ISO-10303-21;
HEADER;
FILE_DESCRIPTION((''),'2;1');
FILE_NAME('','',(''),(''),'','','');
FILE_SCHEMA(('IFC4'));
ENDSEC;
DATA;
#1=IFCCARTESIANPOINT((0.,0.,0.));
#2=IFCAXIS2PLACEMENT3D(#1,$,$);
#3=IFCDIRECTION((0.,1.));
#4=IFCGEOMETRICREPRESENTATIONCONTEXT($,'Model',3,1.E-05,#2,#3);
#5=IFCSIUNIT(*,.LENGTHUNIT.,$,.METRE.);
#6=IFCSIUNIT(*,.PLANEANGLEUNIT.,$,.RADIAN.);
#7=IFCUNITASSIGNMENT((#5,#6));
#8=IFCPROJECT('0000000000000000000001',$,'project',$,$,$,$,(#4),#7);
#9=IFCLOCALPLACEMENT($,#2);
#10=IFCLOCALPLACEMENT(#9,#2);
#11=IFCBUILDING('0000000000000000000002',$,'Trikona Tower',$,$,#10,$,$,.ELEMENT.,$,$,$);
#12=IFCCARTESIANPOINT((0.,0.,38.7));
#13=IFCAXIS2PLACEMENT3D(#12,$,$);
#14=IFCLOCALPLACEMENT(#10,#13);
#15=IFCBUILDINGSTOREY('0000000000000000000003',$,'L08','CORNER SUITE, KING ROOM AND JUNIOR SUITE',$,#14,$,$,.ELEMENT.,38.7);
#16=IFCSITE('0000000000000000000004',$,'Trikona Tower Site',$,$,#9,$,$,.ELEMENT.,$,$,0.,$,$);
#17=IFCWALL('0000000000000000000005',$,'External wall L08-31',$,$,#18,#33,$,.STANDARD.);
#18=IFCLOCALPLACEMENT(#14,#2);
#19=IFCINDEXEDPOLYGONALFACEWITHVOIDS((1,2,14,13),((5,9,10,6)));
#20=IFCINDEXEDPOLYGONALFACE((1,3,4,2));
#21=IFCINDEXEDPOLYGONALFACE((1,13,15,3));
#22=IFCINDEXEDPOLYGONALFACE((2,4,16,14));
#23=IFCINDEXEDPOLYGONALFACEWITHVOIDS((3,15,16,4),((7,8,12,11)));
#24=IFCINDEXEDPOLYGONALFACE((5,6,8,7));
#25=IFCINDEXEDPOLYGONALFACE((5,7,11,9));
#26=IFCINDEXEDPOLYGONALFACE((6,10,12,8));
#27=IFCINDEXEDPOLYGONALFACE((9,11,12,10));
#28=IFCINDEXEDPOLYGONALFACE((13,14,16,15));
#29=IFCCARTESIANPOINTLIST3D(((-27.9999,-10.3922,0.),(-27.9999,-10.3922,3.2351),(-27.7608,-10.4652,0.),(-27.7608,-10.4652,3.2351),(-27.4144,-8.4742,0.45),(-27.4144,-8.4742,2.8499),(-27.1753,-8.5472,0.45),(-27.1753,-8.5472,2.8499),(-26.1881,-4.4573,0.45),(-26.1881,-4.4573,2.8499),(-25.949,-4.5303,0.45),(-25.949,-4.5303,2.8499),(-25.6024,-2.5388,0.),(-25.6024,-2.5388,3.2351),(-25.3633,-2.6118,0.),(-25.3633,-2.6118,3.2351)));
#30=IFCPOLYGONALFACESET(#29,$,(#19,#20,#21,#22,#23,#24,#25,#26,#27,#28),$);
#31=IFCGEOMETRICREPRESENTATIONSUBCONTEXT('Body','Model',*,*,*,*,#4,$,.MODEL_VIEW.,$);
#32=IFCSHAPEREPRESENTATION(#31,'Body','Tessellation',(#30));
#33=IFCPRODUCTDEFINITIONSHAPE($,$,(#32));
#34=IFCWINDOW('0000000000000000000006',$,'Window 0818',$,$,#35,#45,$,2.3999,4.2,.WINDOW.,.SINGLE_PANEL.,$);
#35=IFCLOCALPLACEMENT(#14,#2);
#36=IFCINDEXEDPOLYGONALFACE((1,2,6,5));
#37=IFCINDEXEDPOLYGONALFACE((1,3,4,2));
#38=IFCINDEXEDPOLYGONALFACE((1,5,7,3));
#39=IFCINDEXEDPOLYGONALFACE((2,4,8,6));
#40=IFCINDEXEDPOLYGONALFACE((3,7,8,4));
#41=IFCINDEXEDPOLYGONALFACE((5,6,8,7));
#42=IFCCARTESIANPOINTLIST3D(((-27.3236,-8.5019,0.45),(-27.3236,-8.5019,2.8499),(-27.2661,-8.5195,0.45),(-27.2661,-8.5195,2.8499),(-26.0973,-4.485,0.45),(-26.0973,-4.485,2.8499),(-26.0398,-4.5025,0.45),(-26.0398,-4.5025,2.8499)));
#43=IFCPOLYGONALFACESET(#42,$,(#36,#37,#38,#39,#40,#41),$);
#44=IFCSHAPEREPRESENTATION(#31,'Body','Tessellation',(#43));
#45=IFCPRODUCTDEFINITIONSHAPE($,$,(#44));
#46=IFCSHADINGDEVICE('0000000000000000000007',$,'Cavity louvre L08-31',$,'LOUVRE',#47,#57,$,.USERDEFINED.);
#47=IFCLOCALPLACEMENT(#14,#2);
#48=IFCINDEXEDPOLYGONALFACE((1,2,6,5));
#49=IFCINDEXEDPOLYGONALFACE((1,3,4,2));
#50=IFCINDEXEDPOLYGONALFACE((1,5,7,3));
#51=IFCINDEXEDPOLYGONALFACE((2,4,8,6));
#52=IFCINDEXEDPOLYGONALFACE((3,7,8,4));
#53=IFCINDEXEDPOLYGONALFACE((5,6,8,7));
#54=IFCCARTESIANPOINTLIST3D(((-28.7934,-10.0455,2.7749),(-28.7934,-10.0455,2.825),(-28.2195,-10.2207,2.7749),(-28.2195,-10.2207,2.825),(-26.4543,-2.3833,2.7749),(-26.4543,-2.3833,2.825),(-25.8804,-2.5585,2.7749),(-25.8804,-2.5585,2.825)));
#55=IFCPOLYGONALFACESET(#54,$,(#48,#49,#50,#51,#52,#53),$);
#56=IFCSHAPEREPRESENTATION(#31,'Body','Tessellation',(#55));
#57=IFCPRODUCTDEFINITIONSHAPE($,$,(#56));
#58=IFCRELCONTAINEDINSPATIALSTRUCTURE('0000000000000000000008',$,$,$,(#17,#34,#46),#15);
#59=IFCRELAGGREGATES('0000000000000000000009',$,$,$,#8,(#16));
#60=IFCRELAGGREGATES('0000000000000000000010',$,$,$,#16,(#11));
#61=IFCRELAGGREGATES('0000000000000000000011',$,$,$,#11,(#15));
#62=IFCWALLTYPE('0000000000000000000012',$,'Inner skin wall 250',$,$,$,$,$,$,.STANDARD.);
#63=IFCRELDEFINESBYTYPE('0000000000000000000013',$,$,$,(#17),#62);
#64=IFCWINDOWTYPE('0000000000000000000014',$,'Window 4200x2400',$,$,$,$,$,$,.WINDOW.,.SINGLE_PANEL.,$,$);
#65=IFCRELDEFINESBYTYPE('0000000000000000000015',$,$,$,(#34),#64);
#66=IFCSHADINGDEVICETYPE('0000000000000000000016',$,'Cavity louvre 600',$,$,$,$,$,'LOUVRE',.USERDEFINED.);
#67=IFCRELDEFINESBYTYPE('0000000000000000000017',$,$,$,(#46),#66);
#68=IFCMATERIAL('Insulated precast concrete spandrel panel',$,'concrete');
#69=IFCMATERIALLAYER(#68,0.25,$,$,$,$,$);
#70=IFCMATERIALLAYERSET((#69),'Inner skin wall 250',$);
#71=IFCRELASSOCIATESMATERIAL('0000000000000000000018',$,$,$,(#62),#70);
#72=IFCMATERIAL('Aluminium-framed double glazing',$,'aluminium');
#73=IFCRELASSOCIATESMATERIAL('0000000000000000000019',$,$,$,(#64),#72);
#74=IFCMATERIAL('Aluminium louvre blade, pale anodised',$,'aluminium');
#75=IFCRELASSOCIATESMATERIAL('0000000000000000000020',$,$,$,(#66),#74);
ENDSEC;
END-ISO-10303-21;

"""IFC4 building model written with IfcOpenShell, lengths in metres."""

from ifc_helpers import new_model, si_unit, direction, frame, frame_2d, origin, origin_2d, place, context, subcontext, project, spatial, rectangle, extrude, material, layer, layer_set, type_object, element, fill, save


model = new_model("IFC4")

# Units and contexts
model_context = context("Model", 3, precision=1e-05, world=origin(), true_north=direction((0.0, 1.0)))
body_context = subcontext(model_context, "Body", "Model", "MODEL_VIEW")
ifc_project = project(units=[si_unit("LENGTHUNIT", "METRE"), si_unit("PLANEANGLEUNIT", "RADIAN")], contexts=[model_context])

# Site, building, storey
site_placement = place(None, origin())
site = spatial("IfcSite", under=ifc_project, at=site_placement, Name="Trikona Tower Site", CompositionType="ELEMENT", RefElevation=0.0)
building_placement = place(site_placement, origin())
building = spatial("IfcBuilding", under=site, at=building_placement, Name="Trikona Tower", CompositionType="ELEMENT")
storey_placement = place(building_placement, frame((0.0, 0.0, 38.7)))
storey = spatial("IfcBuildingStorey", under=building, at=storey_placement, Name="L08", Description="CORNER SUITE, KING ROOM AND JUNIOR SUITE", CompositionType="ELEMENT", Elevation=38.7)

# Wall, opening, window
ifc_material_1 = material(Name="Insulated precast concrete spandrel panel", Category="concrete")
ifc_layer_1 = layer(ifc_material_1, 0.25)
ifc_layer_set_1 = layer_set([ifc_layer_1], Name="Inner skin wall 250")
wall_type_1 = type_object("IfcWallType", Name="Inner skin wall 250", PredefinedType="STANDARD", material=ifc_layer_set_1)
wall_1_placement = place(storey_placement, frame((-25.4829, -2.5754, 0.0), z_axis=(0.0, 0.0, 1.0), x_axis=(-0.291979, -0.956425, 0.0)))
wall_1 = element("IfcWall", 1, at=wall_1_placement, inside=storey, type_object=wall_type_1, Name="External wall L08-31", PredefinedType="STANDARD", context=body_context, shape_type="SweptSolid", body=[
    extrude(rectangle(XDim=8.2112, YDim=0.25, at=frame_2d((4.1055, 0.0))), origin(), (0.0, 0.0, 1.0), 3.2351),
])
opening_1_placement = place(wall_1_placement, frame((2.0056, 0.0, 0.45)))
opening_1 = element("IfcOpeningElement", 2, at=opening_1_placement, cuts=wall_1, PredefinedType="OPENING", context=body_context, shape_type="SweptSolid", body=[
    extrude(rectangle(XDim=4.2, YDim=2.3999, at=frame_2d((2.1001, 1.2))), frame((0.0, 0.135, 0.0), z_axis=(0.0, -1.0, 0.0), x_axis=(1.0, 0.0, 0.0)), (0.0, 0.0, 1.0), 0.27),
])
ifc_material_2 = material(Name="Aluminium-framed double glazing", Category="aluminium")
window_type_1 = type_object("IfcWindowType", Name="Window 4200x2400", PartitioningType="SINGLE_PANEL", PredefinedType="WINDOW", material=ifc_material_2)
window_1_placement = place(opening_1_placement, origin())
window_1 = element("IfcWindow", 3, at=window_1_placement, inside=storey, type_object=window_type_1, Name="Window 0818", OverallHeight=2.3999, OverallWidth=4.2, PartitioningType="SINGLE_PANEL", PredefinedType="WINDOW", context=body_context, shape_type="SweptSolid", body=[
    extrude(rectangle(XDim=4.2, YDim=2.3999, at=frame_2d((2.1001, 1.2))), frame((0.0, 0.03, 0.0), z_axis=(0.0, -1.0, 0.0), x_axis=(1.0, 0.0, 0.0)), (0.0, 0.0, 1.0), 0.0601),
])
fill(opening_1, window_1)

# Shading device
ifc_material_3 = material(Name="Aluminium louvre blade, pale anodised", Category="aluminium")
shading_device_type = type_object("IfcShadingDeviceType", Name="Cavity louvre 600", ElementType="LOUVRE", PredefinedType="USERDEFINED", material=ifc_material_3)
shading_device_placement = place(storey_placement, frame((-27.3369, -6.302, 2.7749), z_axis=(0.0, 0.0, 1.0), x_axis=(-0.291979, -0.956425, 0.0)))
element("IfcShadingDevice", 4, at=shading_device_placement, inside=storey, type_object=shading_device_type, Name="Cavity louvre L08-31", ObjectType="LOUVRE", PredefinedType="USERDEFINED", context=body_context, shape_type="SweptSolid", body=[
    extrude(rectangle(XDim=8.0112, YDim=0.6001, at=origin_2d()), origin(), (0.0, 0.0, 1.0), 0.05),
])

save(model, "model.ifc")
